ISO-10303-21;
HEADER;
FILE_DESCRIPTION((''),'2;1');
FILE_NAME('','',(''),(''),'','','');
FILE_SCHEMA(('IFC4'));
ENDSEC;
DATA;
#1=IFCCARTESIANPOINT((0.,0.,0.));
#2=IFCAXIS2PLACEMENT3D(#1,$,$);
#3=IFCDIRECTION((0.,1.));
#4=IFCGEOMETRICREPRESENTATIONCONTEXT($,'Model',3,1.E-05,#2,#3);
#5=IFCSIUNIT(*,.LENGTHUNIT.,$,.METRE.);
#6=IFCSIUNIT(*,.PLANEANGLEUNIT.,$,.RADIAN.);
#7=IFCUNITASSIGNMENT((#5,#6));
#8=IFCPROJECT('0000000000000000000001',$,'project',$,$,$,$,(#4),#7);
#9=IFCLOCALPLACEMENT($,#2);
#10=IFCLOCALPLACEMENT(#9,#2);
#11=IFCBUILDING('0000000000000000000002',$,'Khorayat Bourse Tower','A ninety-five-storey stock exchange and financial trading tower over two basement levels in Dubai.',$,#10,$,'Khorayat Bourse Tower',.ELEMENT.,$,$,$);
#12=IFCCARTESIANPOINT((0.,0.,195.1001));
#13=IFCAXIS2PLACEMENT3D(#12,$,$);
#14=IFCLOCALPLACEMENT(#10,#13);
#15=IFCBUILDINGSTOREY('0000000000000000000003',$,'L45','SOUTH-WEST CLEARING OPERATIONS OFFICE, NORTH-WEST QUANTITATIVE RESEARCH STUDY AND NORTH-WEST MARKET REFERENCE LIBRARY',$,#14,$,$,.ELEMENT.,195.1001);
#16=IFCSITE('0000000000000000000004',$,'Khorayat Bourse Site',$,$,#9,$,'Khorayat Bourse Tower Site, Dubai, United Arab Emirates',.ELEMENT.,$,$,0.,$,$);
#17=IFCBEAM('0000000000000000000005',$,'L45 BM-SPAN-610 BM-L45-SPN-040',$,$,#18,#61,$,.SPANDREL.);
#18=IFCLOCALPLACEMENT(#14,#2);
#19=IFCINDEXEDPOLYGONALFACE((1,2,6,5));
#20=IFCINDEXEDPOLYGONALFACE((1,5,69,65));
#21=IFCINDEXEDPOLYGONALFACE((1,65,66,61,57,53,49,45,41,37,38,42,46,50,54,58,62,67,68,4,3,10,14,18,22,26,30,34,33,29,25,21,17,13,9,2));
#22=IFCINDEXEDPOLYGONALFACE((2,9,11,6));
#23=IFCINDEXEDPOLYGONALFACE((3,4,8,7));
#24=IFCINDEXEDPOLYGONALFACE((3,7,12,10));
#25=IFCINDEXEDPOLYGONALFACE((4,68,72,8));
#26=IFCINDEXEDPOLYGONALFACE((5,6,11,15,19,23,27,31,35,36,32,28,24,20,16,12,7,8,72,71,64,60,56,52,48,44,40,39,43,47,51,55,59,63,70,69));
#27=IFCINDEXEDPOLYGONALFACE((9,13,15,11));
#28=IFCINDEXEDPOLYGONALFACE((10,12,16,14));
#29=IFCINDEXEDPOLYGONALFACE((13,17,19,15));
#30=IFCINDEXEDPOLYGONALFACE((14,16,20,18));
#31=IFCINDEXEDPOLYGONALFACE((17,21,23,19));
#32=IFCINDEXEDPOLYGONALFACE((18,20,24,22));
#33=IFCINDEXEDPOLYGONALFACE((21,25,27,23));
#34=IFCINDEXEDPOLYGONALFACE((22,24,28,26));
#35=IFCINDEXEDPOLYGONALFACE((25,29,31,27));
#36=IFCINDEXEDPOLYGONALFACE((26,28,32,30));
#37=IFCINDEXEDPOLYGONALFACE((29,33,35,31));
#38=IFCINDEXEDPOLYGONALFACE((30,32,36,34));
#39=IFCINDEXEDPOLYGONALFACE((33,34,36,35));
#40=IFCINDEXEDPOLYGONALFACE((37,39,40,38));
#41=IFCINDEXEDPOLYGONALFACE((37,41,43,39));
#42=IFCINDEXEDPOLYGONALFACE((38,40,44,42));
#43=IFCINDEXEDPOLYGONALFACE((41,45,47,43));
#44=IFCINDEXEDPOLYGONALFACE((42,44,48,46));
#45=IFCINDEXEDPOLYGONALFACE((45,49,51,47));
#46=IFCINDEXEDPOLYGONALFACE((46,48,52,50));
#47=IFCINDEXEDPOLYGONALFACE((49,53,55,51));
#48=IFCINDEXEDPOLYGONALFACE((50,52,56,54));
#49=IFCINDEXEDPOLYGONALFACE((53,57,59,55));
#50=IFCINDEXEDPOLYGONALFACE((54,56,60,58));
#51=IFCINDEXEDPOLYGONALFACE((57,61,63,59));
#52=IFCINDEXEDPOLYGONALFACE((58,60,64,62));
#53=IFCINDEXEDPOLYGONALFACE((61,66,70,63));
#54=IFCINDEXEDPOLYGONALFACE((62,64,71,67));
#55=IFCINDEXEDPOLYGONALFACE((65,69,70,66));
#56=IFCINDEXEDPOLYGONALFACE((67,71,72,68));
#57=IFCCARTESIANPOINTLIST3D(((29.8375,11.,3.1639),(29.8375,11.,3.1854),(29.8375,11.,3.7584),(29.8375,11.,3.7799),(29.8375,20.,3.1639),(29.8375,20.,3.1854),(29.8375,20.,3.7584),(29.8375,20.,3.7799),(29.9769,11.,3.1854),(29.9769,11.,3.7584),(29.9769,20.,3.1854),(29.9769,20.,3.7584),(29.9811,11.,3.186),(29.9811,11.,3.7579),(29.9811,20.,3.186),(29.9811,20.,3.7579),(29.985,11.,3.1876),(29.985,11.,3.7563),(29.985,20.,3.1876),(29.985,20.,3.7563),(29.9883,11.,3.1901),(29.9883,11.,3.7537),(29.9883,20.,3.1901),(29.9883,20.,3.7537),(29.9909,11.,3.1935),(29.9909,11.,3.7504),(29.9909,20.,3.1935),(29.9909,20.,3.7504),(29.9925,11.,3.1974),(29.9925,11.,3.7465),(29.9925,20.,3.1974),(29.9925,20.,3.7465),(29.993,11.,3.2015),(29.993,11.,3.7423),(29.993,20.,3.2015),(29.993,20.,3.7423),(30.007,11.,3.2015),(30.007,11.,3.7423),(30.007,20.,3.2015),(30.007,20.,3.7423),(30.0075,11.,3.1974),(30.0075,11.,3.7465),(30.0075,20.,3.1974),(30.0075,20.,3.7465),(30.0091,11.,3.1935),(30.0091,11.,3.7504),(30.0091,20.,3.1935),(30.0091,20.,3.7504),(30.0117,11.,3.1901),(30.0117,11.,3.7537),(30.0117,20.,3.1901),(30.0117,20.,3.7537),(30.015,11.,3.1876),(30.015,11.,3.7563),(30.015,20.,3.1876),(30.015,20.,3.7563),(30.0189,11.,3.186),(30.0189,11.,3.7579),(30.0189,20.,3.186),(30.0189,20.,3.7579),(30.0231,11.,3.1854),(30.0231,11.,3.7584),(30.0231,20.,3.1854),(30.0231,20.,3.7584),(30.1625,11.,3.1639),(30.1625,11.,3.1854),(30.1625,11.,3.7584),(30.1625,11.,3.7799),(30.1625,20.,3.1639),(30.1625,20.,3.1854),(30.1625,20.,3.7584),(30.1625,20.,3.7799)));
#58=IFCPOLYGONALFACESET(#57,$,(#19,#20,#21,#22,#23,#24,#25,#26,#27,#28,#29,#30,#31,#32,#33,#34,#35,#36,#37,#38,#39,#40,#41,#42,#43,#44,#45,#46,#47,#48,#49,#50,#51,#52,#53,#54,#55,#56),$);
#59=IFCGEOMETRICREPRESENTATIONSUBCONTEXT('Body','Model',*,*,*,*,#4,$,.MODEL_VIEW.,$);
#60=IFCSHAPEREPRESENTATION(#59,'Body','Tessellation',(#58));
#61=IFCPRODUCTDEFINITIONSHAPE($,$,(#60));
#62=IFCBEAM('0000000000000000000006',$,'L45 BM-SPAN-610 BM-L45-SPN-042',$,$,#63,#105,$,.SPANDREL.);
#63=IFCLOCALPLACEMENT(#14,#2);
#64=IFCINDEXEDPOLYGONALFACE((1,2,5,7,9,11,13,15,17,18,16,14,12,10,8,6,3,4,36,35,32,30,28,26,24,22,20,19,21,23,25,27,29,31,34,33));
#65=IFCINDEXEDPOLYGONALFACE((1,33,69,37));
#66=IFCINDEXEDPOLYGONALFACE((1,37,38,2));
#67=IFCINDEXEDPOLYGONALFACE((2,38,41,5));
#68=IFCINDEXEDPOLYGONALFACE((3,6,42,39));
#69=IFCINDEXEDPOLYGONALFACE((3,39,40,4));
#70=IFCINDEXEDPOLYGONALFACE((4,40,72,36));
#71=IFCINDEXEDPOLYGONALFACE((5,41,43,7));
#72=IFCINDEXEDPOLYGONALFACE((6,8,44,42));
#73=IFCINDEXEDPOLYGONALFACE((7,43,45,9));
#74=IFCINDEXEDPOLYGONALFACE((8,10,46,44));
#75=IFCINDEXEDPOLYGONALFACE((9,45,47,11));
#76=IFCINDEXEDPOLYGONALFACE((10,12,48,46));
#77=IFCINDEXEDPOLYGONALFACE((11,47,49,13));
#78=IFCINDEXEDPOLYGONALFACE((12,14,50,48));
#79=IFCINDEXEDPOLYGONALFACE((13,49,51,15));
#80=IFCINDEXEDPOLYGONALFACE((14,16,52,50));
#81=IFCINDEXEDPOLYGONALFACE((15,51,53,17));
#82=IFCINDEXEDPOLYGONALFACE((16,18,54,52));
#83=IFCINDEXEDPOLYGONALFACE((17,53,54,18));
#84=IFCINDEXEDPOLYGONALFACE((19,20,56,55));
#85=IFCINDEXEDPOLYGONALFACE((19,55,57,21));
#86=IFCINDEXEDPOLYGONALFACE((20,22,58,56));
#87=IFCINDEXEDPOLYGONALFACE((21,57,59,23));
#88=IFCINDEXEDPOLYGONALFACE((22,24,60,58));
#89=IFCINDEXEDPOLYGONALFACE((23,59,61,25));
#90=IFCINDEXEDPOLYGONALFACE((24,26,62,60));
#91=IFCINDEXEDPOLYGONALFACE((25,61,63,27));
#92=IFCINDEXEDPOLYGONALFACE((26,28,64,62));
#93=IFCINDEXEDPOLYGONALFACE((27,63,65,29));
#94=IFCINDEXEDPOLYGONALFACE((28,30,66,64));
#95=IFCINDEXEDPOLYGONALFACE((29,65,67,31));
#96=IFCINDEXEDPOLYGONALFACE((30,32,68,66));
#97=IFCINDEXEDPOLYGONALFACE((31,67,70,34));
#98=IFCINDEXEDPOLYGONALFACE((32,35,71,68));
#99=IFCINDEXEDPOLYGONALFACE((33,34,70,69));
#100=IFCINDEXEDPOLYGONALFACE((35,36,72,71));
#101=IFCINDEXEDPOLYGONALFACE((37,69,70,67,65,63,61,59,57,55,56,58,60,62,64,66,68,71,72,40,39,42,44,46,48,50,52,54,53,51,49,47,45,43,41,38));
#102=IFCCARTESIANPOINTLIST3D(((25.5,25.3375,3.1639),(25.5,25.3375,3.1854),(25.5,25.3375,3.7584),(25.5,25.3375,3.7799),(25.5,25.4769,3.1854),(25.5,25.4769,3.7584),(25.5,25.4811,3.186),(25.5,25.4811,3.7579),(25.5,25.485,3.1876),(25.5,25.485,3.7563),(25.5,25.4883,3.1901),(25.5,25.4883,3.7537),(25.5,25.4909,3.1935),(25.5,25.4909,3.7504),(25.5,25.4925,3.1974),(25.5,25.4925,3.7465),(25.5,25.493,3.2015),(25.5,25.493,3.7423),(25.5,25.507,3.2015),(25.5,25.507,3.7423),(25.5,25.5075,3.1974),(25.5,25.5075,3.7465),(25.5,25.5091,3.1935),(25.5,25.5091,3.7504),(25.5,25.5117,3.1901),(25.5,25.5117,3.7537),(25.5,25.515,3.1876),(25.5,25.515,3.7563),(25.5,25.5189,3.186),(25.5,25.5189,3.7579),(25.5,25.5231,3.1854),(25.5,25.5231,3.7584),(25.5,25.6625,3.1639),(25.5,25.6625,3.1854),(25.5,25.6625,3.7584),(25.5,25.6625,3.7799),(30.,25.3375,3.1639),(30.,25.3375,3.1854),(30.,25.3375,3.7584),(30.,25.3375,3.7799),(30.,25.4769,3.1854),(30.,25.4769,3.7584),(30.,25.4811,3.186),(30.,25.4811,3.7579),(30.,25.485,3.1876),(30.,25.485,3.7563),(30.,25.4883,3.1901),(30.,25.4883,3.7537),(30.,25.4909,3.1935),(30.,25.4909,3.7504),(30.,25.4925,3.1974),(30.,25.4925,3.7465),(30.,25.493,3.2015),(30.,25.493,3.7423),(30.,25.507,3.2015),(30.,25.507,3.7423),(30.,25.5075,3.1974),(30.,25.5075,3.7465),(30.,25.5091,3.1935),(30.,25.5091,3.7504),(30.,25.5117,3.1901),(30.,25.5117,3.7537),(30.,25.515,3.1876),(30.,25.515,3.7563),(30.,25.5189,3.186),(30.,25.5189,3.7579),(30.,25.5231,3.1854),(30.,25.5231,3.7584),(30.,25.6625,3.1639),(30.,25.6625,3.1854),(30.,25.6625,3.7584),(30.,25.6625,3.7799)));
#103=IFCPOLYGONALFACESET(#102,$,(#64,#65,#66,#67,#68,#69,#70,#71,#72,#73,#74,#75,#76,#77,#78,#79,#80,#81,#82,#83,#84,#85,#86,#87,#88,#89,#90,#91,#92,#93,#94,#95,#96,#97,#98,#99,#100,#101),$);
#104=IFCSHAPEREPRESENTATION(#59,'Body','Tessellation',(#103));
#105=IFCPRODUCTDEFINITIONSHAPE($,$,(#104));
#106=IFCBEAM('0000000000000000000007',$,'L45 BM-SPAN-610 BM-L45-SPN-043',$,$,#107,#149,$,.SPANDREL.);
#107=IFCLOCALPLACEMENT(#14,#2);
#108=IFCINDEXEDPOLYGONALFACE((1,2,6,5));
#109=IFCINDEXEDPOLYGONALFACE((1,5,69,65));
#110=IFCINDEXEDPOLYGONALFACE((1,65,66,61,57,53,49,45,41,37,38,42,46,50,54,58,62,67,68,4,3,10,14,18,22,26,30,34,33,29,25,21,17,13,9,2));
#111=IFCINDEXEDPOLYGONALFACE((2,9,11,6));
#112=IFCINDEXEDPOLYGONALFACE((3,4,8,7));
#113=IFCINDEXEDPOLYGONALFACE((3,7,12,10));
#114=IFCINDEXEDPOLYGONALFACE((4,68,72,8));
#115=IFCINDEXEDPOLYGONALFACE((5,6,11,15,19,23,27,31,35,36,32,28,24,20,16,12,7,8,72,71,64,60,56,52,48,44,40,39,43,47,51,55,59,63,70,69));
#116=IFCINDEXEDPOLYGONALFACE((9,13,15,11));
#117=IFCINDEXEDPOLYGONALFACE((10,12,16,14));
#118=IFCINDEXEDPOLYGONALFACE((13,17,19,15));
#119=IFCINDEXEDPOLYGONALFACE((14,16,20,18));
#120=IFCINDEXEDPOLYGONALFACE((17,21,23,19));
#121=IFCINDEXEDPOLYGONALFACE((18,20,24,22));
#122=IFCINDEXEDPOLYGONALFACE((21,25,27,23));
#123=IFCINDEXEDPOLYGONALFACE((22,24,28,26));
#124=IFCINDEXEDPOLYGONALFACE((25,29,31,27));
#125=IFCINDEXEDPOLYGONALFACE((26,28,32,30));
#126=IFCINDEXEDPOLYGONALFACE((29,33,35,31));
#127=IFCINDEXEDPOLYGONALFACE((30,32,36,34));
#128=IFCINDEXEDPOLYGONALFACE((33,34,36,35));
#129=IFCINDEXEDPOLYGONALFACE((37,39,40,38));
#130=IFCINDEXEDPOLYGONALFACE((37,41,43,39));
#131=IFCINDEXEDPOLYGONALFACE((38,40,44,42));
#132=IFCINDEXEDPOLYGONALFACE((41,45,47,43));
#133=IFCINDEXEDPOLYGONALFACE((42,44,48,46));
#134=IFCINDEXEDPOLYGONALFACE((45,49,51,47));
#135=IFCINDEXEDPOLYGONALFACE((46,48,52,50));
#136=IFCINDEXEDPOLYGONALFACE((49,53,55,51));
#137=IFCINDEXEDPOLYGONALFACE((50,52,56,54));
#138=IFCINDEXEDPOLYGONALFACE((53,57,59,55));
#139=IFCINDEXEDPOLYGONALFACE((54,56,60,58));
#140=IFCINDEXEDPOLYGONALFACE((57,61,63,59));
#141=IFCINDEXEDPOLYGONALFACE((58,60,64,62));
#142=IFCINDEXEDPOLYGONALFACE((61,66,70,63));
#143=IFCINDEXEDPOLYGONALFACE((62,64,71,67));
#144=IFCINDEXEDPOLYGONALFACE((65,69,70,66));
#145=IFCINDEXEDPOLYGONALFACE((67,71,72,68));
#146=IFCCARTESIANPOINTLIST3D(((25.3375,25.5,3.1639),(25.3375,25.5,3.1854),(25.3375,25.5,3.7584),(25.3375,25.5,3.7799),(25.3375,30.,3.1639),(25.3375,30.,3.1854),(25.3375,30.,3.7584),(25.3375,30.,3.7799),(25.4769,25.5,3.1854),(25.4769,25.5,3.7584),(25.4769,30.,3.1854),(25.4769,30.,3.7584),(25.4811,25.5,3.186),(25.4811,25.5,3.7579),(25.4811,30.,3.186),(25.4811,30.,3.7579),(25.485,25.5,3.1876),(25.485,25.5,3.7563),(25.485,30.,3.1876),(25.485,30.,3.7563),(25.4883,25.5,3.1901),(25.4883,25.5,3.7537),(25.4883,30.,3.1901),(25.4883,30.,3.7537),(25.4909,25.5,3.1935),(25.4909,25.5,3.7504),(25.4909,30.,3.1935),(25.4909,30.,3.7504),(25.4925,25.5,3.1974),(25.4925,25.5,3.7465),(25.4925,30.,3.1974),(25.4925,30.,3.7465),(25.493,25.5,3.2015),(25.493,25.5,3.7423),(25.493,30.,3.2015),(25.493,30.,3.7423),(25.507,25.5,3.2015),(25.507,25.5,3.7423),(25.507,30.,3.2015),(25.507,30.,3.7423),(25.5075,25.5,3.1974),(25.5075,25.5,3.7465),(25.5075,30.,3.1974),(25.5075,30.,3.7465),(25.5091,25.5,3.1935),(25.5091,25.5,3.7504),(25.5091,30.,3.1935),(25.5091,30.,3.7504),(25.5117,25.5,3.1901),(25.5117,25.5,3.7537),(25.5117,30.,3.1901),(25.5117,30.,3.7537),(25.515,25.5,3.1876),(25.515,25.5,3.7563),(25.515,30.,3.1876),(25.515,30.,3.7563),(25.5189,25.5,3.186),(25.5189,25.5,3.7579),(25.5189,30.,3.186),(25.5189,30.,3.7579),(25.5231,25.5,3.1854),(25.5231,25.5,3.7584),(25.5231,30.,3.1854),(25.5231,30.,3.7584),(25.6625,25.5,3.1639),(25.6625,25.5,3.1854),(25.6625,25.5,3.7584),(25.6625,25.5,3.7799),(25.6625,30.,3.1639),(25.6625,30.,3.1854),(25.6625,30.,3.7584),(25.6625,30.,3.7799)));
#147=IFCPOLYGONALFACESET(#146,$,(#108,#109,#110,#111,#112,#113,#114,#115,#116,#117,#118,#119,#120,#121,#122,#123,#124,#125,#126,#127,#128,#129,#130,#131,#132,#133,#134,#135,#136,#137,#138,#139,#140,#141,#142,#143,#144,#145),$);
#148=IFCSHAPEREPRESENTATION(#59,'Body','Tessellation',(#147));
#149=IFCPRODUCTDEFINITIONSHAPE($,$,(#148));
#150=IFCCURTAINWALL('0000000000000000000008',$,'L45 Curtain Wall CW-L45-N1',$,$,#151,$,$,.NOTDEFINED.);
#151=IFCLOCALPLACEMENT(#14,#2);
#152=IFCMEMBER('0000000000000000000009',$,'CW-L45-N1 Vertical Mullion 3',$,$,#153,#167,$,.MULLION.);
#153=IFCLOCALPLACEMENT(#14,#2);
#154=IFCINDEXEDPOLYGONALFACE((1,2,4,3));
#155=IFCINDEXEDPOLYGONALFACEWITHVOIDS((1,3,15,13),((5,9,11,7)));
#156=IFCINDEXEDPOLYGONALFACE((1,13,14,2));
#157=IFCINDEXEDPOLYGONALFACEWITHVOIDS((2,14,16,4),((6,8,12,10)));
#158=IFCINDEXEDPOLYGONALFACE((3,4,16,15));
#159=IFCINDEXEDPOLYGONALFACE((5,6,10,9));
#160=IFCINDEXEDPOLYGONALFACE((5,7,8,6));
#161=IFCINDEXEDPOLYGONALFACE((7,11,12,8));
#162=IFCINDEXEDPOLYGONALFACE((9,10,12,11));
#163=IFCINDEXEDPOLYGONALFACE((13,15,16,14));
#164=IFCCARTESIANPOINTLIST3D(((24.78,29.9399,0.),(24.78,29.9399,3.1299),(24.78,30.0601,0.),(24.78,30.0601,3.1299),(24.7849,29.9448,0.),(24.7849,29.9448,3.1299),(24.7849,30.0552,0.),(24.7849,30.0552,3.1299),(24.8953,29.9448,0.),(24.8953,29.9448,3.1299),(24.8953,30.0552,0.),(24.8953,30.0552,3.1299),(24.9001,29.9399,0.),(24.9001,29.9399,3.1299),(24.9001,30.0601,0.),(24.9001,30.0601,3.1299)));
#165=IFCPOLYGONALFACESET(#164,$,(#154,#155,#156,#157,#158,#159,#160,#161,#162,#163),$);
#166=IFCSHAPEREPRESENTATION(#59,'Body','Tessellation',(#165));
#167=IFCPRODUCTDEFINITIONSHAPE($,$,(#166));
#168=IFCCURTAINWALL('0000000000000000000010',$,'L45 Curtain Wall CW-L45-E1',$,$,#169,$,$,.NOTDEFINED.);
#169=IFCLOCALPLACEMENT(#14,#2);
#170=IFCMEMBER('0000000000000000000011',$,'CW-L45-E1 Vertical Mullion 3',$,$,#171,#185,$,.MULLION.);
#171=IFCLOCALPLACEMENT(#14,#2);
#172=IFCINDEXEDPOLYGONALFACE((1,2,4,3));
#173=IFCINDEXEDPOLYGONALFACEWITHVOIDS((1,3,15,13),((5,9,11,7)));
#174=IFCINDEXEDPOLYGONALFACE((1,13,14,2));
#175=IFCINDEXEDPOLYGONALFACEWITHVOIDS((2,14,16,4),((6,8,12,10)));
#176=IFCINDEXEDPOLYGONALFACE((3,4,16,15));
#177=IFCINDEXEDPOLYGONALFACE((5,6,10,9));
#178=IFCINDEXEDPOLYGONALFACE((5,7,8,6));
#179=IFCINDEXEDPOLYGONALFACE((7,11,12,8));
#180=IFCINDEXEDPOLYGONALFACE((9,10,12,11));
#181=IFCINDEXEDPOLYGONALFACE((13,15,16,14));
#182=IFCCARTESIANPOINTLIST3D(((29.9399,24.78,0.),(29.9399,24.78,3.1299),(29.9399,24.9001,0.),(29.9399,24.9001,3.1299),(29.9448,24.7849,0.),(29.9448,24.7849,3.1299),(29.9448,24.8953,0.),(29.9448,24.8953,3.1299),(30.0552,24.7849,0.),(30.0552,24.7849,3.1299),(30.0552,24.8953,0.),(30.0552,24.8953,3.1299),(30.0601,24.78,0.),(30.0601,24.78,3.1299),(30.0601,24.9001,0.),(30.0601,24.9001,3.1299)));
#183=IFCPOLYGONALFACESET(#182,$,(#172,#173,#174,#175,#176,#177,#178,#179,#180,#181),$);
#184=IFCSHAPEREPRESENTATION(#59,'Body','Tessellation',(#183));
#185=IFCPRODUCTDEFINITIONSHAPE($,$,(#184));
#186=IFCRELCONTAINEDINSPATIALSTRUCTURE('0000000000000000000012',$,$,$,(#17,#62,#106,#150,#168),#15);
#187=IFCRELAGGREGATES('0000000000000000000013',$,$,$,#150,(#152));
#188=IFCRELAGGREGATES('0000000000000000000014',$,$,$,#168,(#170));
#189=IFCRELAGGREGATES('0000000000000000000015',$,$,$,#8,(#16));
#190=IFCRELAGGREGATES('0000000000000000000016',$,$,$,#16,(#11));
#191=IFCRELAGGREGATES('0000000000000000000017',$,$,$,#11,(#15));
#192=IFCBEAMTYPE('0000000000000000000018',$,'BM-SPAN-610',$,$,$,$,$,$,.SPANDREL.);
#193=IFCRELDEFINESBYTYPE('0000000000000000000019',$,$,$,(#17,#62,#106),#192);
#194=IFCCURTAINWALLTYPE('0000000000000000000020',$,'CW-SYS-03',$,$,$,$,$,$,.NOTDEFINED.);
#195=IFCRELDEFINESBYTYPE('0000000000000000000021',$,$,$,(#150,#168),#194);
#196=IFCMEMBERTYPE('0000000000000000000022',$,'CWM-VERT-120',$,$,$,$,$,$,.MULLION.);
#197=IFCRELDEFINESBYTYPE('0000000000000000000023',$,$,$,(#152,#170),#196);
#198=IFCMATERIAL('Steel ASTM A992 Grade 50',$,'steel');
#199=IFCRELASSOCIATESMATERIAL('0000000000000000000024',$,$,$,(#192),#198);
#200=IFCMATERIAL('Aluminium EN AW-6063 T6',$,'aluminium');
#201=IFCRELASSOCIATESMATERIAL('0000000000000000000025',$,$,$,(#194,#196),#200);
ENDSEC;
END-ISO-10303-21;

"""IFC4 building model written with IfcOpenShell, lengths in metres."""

from ifc_helpers import new_model, si_unit, direction, frame, origin, origin_2d, place, context, subcontext, project, spatial, hollow_rectangle, i_section, extrude, source, transform, mapped, material, material_profile, profile_set, type_object, element, aggregate, save


model = new_model("IFC4")

# Units and contexts
model_context = context("Model", 3, precision=1e-05, world=origin(), true_north=direction((0.0, 1.0)))
body_context = subcontext(model_context, "Body", "Model", "MODEL_VIEW")
ifc_project = project(units=[si_unit("LENGTHUNIT", "METRE"), si_unit("PLANEANGLEUNIT", "RADIAN")], contexts=[model_context])

# Site, building, storey
site_placement = place(None, origin())
site = spatial("IfcSite", under=ifc_project, at=site_placement, Name="Khorayat Bourse Site", LongName="Khorayat Bourse Tower Site, Dubai, United Arab Emirates", CompositionType="ELEMENT", RefElevation=0.0)
building_placement = place(site_placement, origin())
building = spatial("IfcBuilding", under=site, at=building_placement, Name="Khorayat Bourse Tower", Description="A ninety-five-storey stock exchange and financial trading tower over two basement levels in Dubai.", LongName="Khorayat Bourse Tower", CompositionType="ELEMENT")
storey_placement = place(building_placement, frame((0.0, 0.0, 195.1001)))
storey = spatial("IfcBuildingStorey", under=building, at=storey_placement, Name="L45", Description="SOUTH-WEST CLEARING OPERATIONS OFFICE, NORTH-WEST QUANTITATIVE RESEARCH STUDY AND NORTH-WEST MARKET REFERENCE LIBRARY", CompositionType="ELEMENT", Elevation=195.1001)

# Beams
ifc_material_1 = material(Name="Steel ASTM A992 Grade 50", Category="steel")
ifc_material_profile_1 = material_profile(ifc_material_1, i_section(OverallWidth=0.325, OverallDepth=0.616, WebThickness=0.0139, FlangeThickness=0.0215, FilletRadius=0.0161, at=origin_2d()), Name="W610X174")
ifc_profile_set_1 = profile_set([ifc_material_profile_1], Name="Steel ASTM A992 Grade 50")
beam_type_1 = type_object("IfcBeamType", Name="BM-SPAN-610", PredefinedType="SPANDREL", material=ifc_profile_set_1)
shared_shape_1 = source(origin(), body_context, "Body", "SweptSolid", [
    extrude(i_section(OverallWidth=0.325, OverallDepth=0.616, WebThickness=0.0139, FlangeThickness=0.0215, FilletRadius=0.0161, at=origin_2d()), origin(), (0.0, 0.0, 1.0), 9.0),
])
beam_1_placement = place(storey_placement, frame((30.0, 11.0, 3.4719), z_axis=(0.0, 1.0, 0.0), x_axis=(-1.0, 0.0, 0.0)))
element("IfcBeam", 1, at=beam_1_placement, inside=storey, type_object=beam_type_1, Name="L45 BM-SPAN-610 BM-L45-SPN-040", PredefinedType="SPANDREL", context=body_context, shape_type="MappedRepresentation", body=[
    mapped(shared_shape_1, transform((0.0, 0.0, 0.0), scale=1.0)),
])
shared_shape_2 = source(origin(), body_context, "Body", "SweptSolid", [
    extrude(i_section(OverallWidth=0.325, OverallDepth=0.616, WebThickness=0.0139, FlangeThickness=0.0215, FilletRadius=0.0161, at=origin_2d()), origin(), (0.0, 0.0, 1.0), 4.5),
])
for number, where, z_axis, x_axis, name in (
    (2, (25.5, 25.5, 3.4719), (1.0, 0.0, 0.0), (0.0, 1.0, 0.0), "L45 BM-SPAN-610 BM-L45-SPN-042"),
    (3, (25.5, 25.5, 3.4719), (0.0, 1.0, 0.0), (-1.0, 0.0, 0.0), "L45 BM-SPAN-610 BM-L45-SPN-043"),
):
    element("IfcBeam", number, at=place(storey_placement, frame(where, z_axis=z_axis, x_axis=x_axis)), inside=storey, type_object=beam_type_1, Name=name, PredefinedType="SPANDREL", context=body_context, shape_type="MappedRepresentation", body=[
        mapped(shared_shape_2, transform((0.0, 0.0, 0.0), scale=1.0)),
    ])

# Curtain wall, member
ifc_material_2 = material(Name="Aluminium EN AW-6063 T6", Category="aluminium")
curtain_wall_type = type_object("IfcCurtainWallType", Name="CW-SYS-03", PredefinedType="NOTDEFINED", material=ifc_material_2)
curtain_wall_1_placement = place(storey_placement, origin())
curtain_wall_1 = element("IfcCurtainWall", 4, at=curtain_wall_1_placement, inside=storey, type_object=curtain_wall_type, Name="L45 Curtain Wall CW-L45-N1", PredefinedType="NOTDEFINED")
ifc_material_profile_2 = material_profile(ifc_material_2, hollow_rectangle(XDim=0.1201, YDim=0.1201, WallThickness=0.0049, at=origin_2d()), Name="ALU 120x120x5")
ifc_profile_set_2 = profile_set([ifc_material_profile_2], Name="Aluminium EN AW-6063 T6")
member_type_1 = type_object("IfcMemberType", Name="CWM-VERT-120", PredefinedType="MULLION", material=ifc_profile_set_2)
shared_shape_3 = source(origin(), body_context, "Body", "SweptSolid", [
    extrude(hollow_rectangle(XDim=0.1201, YDim=0.1201, WallThickness=0.0049, at=origin_2d()), origin(), (0.0, 0.0, 1.0), 3.1299),
])
member_1_placement = place(storey_placement, frame((24.8401, 30.0, 0.0), z_axis=(0.0, 0.0, 1.0), x_axis=(0.0, 1.0, 0.0)))
member_1 = element("IfcMember", 5, at=member_1_placement, type_object=member_type_1, Name="CW-L45-N1 Vertical Mullion 3", PredefinedType="MULLION", context=body_context, shape_type="MappedRepresentation", body=[
    mapped(shared_shape_3, transform((0.0, 0.0, 0.0), scale=1.0)),
])
aggregate(curtain_wall_1, [member_1])

# Curtain wall, member
curtain_wall_2_placement = place(storey_placement, origin())
curtain_wall_2 = element("IfcCurtainWall", 6, at=curtain_wall_2_placement, inside=storey, type_object=curtain_wall_type, Name="L45 Curtain Wall CW-L45-E1", PredefinedType="NOTDEFINED")
member_2_placement = place(storey_placement, frame((30.0, 24.8401, 0.0), z_axis=(0.0, 0.0, 1.0), x_axis=(-1.0, 0.0, 0.0)))
member_2 = element("IfcMember", 7, at=member_2_placement, type_object=member_type_1, Name="CW-L45-E1 Vertical Mullion 3", PredefinedType="MULLION", context=body_context, shape_type="MappedRepresentation", body=[
    mapped(shared_shape_3, transform((0.0, 0.0, 0.0), scale=1.0)),
])

aggregate(curtain_wall_2, [member_2])

save(model, "model.ifc")
